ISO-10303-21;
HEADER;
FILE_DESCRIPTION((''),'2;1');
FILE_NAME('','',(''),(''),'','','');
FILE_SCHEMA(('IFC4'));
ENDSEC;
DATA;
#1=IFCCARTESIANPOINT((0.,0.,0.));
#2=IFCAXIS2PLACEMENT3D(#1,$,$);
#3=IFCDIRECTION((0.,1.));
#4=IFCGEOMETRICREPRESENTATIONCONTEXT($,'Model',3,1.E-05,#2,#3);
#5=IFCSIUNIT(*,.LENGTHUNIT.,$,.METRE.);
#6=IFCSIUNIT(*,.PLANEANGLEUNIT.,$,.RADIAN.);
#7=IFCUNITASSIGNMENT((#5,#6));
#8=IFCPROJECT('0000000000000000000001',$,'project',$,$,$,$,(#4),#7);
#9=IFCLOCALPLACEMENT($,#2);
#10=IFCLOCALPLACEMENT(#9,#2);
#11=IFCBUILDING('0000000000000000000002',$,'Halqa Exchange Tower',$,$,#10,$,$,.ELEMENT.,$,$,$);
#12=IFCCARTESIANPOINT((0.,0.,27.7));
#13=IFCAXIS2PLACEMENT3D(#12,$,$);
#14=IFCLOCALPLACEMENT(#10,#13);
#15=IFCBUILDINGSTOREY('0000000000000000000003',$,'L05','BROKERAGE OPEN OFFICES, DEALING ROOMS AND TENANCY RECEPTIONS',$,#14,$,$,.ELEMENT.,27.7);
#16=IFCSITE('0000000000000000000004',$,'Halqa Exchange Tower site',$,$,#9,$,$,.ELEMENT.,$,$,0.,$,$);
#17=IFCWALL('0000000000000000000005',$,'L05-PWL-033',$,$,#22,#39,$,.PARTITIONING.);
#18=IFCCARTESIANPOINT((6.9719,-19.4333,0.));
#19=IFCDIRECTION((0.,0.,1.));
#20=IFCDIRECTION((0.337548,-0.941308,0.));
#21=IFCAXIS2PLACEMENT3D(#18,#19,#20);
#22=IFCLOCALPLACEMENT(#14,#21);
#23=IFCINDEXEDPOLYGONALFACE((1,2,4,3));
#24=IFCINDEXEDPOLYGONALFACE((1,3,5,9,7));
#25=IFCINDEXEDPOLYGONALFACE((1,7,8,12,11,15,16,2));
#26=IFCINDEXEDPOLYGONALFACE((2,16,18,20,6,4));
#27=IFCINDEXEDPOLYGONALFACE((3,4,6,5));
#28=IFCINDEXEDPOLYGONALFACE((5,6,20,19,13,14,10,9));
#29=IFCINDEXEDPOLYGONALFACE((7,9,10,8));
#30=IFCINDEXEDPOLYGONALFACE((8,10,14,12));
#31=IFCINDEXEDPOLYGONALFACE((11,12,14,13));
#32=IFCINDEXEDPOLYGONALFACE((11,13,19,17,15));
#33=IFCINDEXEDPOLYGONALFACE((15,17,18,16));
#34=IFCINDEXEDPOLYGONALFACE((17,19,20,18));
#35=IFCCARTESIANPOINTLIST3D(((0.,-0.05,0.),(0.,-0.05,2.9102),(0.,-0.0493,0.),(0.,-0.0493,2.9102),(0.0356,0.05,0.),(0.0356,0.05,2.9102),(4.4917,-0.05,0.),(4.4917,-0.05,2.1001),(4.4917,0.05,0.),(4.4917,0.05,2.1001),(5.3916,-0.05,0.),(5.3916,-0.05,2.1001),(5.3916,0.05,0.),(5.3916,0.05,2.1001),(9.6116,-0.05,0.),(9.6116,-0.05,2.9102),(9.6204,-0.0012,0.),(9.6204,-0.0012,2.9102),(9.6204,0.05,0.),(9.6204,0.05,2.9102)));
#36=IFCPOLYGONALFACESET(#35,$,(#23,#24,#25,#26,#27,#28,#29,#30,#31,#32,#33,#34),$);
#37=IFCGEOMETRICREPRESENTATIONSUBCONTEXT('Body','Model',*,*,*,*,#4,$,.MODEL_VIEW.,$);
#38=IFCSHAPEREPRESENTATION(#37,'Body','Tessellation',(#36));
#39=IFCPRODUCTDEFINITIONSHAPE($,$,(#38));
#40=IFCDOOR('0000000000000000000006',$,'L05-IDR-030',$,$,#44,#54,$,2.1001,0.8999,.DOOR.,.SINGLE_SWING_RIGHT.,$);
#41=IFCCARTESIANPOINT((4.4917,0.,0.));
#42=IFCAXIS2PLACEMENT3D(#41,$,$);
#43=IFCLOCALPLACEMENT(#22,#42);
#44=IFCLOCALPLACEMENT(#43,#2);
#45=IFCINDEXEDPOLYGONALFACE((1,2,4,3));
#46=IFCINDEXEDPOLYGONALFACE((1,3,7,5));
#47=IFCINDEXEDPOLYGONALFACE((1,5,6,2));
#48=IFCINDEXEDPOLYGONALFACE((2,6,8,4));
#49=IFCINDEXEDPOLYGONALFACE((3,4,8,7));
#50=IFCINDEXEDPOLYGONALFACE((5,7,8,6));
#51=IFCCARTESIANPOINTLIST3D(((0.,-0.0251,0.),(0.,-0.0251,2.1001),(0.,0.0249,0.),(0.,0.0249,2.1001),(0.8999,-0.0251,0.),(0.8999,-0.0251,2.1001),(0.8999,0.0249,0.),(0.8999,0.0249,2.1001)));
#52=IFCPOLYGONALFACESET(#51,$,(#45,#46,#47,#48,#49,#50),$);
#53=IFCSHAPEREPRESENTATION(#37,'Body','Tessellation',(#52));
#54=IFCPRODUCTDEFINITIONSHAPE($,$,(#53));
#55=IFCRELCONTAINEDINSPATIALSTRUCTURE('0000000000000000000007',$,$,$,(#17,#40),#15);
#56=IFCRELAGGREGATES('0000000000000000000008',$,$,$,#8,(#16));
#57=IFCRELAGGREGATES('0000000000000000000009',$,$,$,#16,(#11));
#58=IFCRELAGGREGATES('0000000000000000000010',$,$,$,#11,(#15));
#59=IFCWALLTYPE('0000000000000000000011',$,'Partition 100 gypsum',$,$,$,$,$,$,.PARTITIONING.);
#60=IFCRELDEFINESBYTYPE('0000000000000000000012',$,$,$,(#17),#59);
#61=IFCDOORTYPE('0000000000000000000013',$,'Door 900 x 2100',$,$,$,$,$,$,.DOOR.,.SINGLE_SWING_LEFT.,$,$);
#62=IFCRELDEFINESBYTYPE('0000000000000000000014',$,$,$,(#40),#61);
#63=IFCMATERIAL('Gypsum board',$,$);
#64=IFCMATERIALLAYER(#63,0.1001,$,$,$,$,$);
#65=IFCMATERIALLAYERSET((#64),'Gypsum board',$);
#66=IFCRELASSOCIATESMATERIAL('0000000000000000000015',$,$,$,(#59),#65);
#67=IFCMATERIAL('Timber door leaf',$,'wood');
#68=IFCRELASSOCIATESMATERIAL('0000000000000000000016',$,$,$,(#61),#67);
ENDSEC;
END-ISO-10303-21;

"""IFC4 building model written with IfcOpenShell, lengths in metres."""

from ifc_helpers import new_model, si_unit, direction, frame, frame_2d, origin, place, context, subcontext, project, spatial, polyline, rectangle, outline, extrude, material, layer, layer_set, type_object, element, fill, save


model = new_model("IFC4")

# Units and contexts
model_context = context("Model", 3, precision=1e-05, world=origin(), true_north=direction((0.0, 1.0)))
body_context = subcontext(model_context, "Body", "Model", "MODEL_VIEW")
ifc_project = project(units=[si_unit("LENGTHUNIT", "METRE"), si_unit("PLANEANGLEUNIT", "RADIAN")], contexts=[model_context])

# Site, building, storey
site_placement = place(None, origin())
site = spatial("IfcSite", under=ifc_project, at=site_placement, Name="Halqa Exchange Tower site", CompositionType="ELEMENT", RefElevation=0.0)
building_placement = place(site_placement, origin())
building = spatial("IfcBuilding", under=site, at=building_placement, Name="Halqa Exchange Tower", CompositionType="ELEMENT")
storey_placement = place(building_placement, frame((0.0, 0.0, 27.7)))
storey = spatial("IfcBuildingStorey", under=building, at=storey_placement, Name="L05", Description="BROKERAGE OPEN OFFICES, DEALING ROOMS AND TENANCY RECEPTIONS", CompositionType="ELEMENT", Elevation=27.7)

# Shared definitions
ifc_material_1 = material(Name="Gypsum board")
ifc_layer_1 = layer(ifc_material_1, 0.1001)
ifc_layer_set_1 = layer_set([ifc_layer_1], Name="Gypsum board")
wall_type_1 = type_object("IfcWallType", Name="Partition 100 gypsum", PredefinedType="PARTITIONING", material=ifc_layer_set_1)

# Wall, opening, door
wall_1_placement = place(storey_placement, frame((6.9719, -19.4333, 0.0), z_axis=(0.0, 0.0, 1.0), x_axis=(0.337548, -0.941308, 0.0)))
wall_1 = element("IfcWall", 1, at=wall_1_placement, inside=storey, type_object=wall_type_1, Name="L05-PWL-033", PredefinedType="PARTITIONING", context=body_context, shape_type="SweptSolid", body=[
    extrude(outline(polyline([(0.0, -0.05), (1.9224, -0.05), (3.8447, -0.05), (5.7668, -0.05), (7.6892, -0.05), (9.6116, -0.05), (9.6204, -0.0012), (9.6204, 0.0022), (9.6204, 0.05), (7.7034, 0.05), (5.7864, 0.05), (3.8696, 0.05), (1.9526, 0.05), (0.0356, 0.05), (0.0, -0.0493), (0.0, -0.05)])), origin(), (0.0, 0.0, 1.0), 2.9102),
])
opening_1_placement = place(wall_1_placement, frame((4.4917, 0.0, 0.0)))
opening_1 = element("IfcOpeningElement", 2, at=opening_1_placement, cuts=wall_1, PredefinedType="OPENING", context=body_context, shape_type="SweptSolid", body=[
    extrude(rectangle(XDim=0.8999, YDim=2.1001, at=frame_2d((0.45, 1.05))), frame((0.0, 0.062, 0.0), z_axis=(0.0, -1.0, 0.0), x_axis=(1.0, 0.0, 0.0)), (0.0, 0.0, 1.0), 0.124),
])
ifc_material_2 = material(Name="Timber door leaf", Category="wood")
door_type_1 = type_object("IfcDoorType", Name="Door 900 x 2100", OperationType="SINGLE_SWING_LEFT", PredefinedType="DOOR", material=ifc_material_2)
door_1_placement = place(opening_1_placement, origin())
door_1 = element("IfcDoor", 3, at=door_1_placement, inside=storey, type_object=door_type_1, Name="L05-IDR-030", OperationType="SINGLE_SWING_RIGHT", OverallHeight=2.1001, OverallWidth=0.8999, PredefinedType="DOOR", context=body_context, shape_type="SweptSolid", body=[
    extrude(rectangle(XDim=0.8999, YDim=2.1001, at=frame_2d((0.45, 1.05))), frame((0.0, 0.0249, 0.0), z_axis=(0.0, -1.0, 0.0), x_axis=(1.0, 0.0, 0.0)), (0.0, 0.0, 1.0), 0.05),
])
fill(opening_1, door_1)

save(model, "model.ifc")
